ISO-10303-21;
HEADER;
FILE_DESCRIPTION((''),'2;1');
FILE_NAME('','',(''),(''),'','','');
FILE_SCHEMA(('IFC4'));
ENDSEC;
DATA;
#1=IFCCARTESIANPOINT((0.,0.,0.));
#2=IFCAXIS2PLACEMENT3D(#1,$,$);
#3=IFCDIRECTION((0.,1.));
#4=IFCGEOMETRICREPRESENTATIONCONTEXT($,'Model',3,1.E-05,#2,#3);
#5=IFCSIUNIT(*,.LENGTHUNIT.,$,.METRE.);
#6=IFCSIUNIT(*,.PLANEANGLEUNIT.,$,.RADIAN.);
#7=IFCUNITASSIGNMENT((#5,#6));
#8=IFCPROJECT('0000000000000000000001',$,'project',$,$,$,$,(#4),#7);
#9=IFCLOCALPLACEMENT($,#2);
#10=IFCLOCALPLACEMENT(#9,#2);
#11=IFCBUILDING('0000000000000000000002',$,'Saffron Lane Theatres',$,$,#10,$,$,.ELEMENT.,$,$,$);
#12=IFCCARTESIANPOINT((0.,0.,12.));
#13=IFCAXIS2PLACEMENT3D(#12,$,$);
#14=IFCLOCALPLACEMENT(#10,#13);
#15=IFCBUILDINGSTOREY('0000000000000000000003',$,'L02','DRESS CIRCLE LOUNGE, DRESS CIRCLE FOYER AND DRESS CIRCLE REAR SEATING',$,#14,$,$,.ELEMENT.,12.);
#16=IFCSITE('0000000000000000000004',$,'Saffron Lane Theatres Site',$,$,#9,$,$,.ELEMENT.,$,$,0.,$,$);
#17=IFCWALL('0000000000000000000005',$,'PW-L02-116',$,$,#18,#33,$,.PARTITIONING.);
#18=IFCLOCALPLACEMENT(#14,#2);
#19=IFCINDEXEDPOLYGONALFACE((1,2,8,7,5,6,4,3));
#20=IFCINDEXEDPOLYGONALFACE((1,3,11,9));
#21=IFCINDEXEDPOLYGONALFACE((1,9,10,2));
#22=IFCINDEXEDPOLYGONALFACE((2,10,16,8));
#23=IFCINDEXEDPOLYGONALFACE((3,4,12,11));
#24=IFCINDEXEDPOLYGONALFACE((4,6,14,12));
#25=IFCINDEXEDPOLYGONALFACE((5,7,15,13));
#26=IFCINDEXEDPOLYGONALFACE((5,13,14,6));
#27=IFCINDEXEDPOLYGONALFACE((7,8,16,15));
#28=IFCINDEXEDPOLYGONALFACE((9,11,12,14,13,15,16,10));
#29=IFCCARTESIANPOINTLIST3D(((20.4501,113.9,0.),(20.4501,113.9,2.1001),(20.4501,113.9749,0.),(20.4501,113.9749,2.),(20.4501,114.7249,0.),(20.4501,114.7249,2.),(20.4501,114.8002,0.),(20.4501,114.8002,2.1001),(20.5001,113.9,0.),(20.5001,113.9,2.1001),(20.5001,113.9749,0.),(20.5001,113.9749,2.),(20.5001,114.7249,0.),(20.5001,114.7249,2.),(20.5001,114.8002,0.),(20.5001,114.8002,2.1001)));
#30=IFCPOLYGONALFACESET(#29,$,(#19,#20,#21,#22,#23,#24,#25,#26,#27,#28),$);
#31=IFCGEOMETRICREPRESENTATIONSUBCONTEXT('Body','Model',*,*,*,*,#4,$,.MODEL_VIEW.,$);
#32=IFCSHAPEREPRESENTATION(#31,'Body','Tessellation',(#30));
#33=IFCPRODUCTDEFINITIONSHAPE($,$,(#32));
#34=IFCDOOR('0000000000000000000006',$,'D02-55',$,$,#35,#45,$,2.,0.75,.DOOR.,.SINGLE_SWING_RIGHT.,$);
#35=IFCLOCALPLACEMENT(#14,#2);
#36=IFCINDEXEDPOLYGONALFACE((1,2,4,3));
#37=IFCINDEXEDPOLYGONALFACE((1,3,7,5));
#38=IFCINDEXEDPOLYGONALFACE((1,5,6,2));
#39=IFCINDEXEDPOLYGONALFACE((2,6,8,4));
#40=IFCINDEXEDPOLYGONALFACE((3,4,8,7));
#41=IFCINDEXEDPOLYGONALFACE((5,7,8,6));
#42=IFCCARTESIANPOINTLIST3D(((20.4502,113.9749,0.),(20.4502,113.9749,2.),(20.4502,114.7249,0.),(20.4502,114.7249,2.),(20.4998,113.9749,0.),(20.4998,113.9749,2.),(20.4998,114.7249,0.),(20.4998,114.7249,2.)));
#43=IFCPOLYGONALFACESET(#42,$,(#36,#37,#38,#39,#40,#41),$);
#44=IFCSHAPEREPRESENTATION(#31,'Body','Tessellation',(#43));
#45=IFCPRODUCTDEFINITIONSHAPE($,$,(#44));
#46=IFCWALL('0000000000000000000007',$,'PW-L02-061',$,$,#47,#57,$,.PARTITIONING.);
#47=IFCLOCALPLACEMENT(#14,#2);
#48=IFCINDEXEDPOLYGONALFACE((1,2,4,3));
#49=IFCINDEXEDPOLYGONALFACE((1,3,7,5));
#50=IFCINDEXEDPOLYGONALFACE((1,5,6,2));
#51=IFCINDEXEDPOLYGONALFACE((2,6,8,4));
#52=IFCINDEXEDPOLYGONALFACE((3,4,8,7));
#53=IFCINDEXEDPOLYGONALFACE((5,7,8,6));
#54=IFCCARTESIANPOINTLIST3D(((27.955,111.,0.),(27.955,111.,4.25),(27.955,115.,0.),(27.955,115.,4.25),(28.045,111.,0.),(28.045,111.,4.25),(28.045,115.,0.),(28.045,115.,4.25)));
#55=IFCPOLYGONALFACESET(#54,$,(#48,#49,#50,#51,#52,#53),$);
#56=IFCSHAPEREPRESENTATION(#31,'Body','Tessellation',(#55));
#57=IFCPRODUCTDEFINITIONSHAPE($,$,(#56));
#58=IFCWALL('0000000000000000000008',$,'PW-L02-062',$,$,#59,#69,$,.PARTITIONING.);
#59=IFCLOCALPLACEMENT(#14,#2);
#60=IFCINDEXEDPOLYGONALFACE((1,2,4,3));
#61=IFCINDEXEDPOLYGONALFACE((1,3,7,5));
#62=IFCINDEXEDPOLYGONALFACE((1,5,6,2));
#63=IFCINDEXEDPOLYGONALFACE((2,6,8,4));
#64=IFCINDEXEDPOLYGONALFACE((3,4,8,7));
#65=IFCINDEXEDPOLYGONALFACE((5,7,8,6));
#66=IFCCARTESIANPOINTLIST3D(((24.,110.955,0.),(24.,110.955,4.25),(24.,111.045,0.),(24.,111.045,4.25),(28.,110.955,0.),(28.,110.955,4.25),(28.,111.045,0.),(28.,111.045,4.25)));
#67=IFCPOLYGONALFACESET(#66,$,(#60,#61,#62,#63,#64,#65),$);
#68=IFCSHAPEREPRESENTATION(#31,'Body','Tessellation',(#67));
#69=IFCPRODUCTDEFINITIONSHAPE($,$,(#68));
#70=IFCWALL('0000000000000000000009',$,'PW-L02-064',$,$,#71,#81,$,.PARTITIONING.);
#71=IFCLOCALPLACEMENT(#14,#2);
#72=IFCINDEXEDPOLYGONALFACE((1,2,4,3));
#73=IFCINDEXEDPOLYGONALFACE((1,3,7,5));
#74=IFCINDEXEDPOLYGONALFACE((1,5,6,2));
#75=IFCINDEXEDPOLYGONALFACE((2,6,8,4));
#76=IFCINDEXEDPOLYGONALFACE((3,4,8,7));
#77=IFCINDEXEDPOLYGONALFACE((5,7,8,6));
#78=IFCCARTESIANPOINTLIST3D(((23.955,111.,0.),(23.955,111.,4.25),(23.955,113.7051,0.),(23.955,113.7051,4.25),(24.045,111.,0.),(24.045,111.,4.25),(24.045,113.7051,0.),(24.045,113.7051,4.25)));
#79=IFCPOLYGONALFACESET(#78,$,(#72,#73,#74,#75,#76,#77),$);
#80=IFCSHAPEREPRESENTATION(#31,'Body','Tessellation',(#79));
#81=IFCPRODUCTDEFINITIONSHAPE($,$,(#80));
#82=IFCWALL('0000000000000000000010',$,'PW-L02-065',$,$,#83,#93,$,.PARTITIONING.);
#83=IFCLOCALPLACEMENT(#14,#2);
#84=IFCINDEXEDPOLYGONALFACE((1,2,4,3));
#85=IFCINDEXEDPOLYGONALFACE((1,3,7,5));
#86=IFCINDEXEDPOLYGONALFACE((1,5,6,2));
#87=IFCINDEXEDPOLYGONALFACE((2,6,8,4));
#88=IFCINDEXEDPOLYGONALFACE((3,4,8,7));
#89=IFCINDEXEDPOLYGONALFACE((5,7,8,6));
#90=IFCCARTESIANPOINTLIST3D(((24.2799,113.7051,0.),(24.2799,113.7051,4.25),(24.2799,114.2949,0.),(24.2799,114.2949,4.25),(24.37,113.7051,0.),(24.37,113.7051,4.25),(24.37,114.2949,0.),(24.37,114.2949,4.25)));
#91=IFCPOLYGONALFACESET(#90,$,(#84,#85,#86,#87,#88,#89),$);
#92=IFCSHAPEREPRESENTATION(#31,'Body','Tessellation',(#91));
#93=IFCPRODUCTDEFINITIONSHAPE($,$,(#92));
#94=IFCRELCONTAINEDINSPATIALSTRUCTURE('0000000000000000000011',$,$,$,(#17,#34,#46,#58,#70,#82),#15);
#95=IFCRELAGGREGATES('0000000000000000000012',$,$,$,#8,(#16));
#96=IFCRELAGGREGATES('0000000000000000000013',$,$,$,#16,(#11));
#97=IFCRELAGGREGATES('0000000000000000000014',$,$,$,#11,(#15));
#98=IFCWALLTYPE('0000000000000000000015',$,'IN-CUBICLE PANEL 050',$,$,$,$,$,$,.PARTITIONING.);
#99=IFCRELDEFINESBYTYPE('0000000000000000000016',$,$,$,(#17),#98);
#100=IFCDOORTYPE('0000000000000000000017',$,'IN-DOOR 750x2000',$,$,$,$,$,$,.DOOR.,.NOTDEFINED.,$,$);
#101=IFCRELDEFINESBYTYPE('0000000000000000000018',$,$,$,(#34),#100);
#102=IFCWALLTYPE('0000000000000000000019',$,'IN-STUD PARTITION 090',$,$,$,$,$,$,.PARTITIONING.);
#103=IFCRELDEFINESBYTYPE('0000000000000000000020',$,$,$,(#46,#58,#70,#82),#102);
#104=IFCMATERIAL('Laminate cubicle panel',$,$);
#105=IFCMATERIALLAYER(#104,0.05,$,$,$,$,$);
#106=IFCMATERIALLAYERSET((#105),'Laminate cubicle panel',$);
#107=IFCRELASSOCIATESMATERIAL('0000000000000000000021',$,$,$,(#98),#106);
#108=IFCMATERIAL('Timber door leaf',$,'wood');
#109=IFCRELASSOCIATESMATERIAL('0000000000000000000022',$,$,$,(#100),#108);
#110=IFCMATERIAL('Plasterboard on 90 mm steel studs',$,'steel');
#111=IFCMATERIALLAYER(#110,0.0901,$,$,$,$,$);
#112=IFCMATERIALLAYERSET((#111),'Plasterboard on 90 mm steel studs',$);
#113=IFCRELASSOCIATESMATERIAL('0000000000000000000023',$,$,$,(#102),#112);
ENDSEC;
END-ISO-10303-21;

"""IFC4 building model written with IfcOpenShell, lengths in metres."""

from ifc_helpers import new_model, si_unit, direction, frame, frame_2d, origin, place, context, subcontext, project, spatial, rectangle, extrude, material, layer, layer_set, type_object, element, fill, save


model = new_model("IFC4")

# Units and contexts
model_context = context("Model", 3, precision=1e-05, world=origin(), true_north=direction((0.0, 1.0)))
body_context = subcontext(model_context, "Body", "Model", "MODEL_VIEW")
ifc_project = project(units=[si_unit("LENGTHUNIT", "METRE"), si_unit("PLANEANGLEUNIT", "RADIAN")], contexts=[model_context])

# Site, building, storey
site_placement = place(None, origin())
site = spatial("IfcSite", under=ifc_project, at=site_placement, Name="Saffron Lane Theatres Site", CompositionType="ELEMENT", RefElevation=0.0)
building_placement = place(site_placement, origin())
building = spatial("IfcBuilding", under=site, at=building_placement, Name="Saffron Lane Theatres", CompositionType="ELEMENT")
storey_placement = place(building_placement, frame((0.0, 0.0, 12.0)))
storey = spatial("IfcBuildingStorey", under=building, at=storey_placement, Name="L02", Description="DRESS CIRCLE LOUNGE, DRESS CIRCLE FOYER AND DRESS CIRCLE REAR SEATING", CompositionType="ELEMENT", Elevation=12.0)

# Wall, opening, door
ifc_material_1 = material(Name="Laminate cubicle panel")
ifc_layer_1 = layer(ifc_material_1, 0.05)
ifc_layer_set_1 = layer_set([ifc_layer_1], Name="Laminate cubicle panel")
wall_type_1 = type_object("IfcWallType", Name="IN-CUBICLE PANEL 050", PredefinedType="PARTITIONING", material=ifc_layer_set_1)
wall_1_placement = place(storey_placement, frame((20.4751, 113.8999, 0.0), z_axis=(0.0, 0.0, 1.0), x_axis=(0.0, 1.0, 0.0)))
wall_1 = element("IfcWall", 1, at=wall_1_placement, inside=storey, type_object=wall_type_1, Name="PW-L02-116", PredefinedType="PARTITIONING", context=body_context, shape_type="SweptSolid", body=[
    extrude(rectangle(XDim=0.9001, YDim=0.05, at=frame_2d((0.4502, 0.0))), origin(), (0.0, 0.0, 1.0), 2.1001),
])
opening_1_placement = place(wall_1_placement, frame((0.075, 0.0, 0.0)))
opening_1 = element("IfcOpeningElement", 2, at=opening_1_placement, cuts=wall_1, PredefinedType="OPENING", context=body_context, shape_type="SweptSolid", body=[
    extrude(rectangle(XDim=0.75, YDim=2.0, at=frame_2d((0.375, 1.0))), frame((0.0, 0.0352, 0.0), z_axis=(0.0, -1.0, 0.0), x_axis=(1.0, 0.0, 0.0)), (0.0, 0.0, 1.0), 0.0701),
])
ifc_material_2 = material(Name="Timber door leaf", Category="wood")
door_type_1 = type_object("IfcDoorType", Name="IN-DOOR 750x2000", OperationType="NOTDEFINED", PredefinedType="DOOR", material=ifc_material_2)
door_1_placement = place(opening_1_placement, origin())
door_1 = element("IfcDoor", 3, at=door_1_placement, inside=storey, type_object=door_type_1, Name="D02-55", OperationType="SINGLE_SWING_RIGHT", OverallHeight=2.0, OverallWidth=0.75, PredefinedType="DOOR", context=body_context, shape_type="SweptSolid", body=[
    extrude(rectangle(XDim=0.75, YDim=2.0, at=frame_2d((0.375, 1.0))), frame((0.0, 0.0249, 0.0), z_axis=(0.0, -1.0, 0.0), x_axis=(1.0, 0.0, 0.0)), (0.0, 0.0, 1.0), 0.0496),
])
fill(opening_1, door_1)

# Walls
ifc_material_3 = material(Name="Plasterboard on 90 mm steel studs", Category="steel")
ifc_layer_2 = layer(ifc_material_3, 0.0901)
ifc_layer_set_2 = layer_set([ifc_layer_2], Name="Plasterboard on 90 mm steel studs")
wall_type_2 = type_object("IfcWallType", Name="IN-STUD PARTITION 090", PredefinedType="PARTITIONING", material=ifc_layer_set_2)
for number, where, z_axis, x_axis, name in (
    (4, (28.0, 111.0, 0.0), (0.0, 0.0, 1.0), (0.0, 1.0, 0.0), "PW-L02-061"),
    (5, (24.0, 111.0, 0.0), (0.0, 0.0, 1.0), (1.0, 0.0, 0.0), "PW-L02-062"),
):
    element("IfcWall", number, at=place(storey_placement, frame(where, z_axis=z_axis, x_axis=x_axis)), inside=storey, type_object=wall_type_2, Name=name, PredefinedType="PARTITIONING", context=body_context, shape_type="SweptSolid", body=[
        extrude(rectangle(XDim=4.0, YDim=0.0901, at=frame_2d((2.0, 0.0))), origin(), (0.0, 0.0, 1.0), 4.25),
    ])
wall_2_placement = place(storey_placement, frame((24.0, 111.0, 0.0), z_axis=(0.0, 0.0, 1.0), x_axis=(0.0, 1.0, 0.0)))
element("IfcWall", 6, at=wall_2_placement, inside=storey, type_object=wall_type_2, Name="PW-L02-064", PredefinedType="PARTITIONING", context=body_context, shape_type="SweptSolid", body=[
    extrude(rectangle(XDim=2.7051, YDim=0.0901, at=frame_2d((1.3525, 0.0))), origin(), (0.0, 0.0, 1.0), 4.25),
])
wall_3_placement = place(storey_placement, frame((24.325, 113.7051, 0.0), z_axis=(0.0, 0.0, 1.0), x_axis=(0.0, 1.0, 0.0)))
element("IfcWall", 7, at=wall_3_placement, inside=storey, type_object=wall_type_2, Name="PW-L02-065", PredefinedType="PARTITIONING", context=body_context, shape_type="SweptSolid", body=[
    extrude(rectangle(XDim=0.5898, YDim=0.0901, at=frame_2d((0.2949, 0.0))), origin(), (0.0, 0.0, 1.0), 4.25),
])

save(model, "model.ifc")
